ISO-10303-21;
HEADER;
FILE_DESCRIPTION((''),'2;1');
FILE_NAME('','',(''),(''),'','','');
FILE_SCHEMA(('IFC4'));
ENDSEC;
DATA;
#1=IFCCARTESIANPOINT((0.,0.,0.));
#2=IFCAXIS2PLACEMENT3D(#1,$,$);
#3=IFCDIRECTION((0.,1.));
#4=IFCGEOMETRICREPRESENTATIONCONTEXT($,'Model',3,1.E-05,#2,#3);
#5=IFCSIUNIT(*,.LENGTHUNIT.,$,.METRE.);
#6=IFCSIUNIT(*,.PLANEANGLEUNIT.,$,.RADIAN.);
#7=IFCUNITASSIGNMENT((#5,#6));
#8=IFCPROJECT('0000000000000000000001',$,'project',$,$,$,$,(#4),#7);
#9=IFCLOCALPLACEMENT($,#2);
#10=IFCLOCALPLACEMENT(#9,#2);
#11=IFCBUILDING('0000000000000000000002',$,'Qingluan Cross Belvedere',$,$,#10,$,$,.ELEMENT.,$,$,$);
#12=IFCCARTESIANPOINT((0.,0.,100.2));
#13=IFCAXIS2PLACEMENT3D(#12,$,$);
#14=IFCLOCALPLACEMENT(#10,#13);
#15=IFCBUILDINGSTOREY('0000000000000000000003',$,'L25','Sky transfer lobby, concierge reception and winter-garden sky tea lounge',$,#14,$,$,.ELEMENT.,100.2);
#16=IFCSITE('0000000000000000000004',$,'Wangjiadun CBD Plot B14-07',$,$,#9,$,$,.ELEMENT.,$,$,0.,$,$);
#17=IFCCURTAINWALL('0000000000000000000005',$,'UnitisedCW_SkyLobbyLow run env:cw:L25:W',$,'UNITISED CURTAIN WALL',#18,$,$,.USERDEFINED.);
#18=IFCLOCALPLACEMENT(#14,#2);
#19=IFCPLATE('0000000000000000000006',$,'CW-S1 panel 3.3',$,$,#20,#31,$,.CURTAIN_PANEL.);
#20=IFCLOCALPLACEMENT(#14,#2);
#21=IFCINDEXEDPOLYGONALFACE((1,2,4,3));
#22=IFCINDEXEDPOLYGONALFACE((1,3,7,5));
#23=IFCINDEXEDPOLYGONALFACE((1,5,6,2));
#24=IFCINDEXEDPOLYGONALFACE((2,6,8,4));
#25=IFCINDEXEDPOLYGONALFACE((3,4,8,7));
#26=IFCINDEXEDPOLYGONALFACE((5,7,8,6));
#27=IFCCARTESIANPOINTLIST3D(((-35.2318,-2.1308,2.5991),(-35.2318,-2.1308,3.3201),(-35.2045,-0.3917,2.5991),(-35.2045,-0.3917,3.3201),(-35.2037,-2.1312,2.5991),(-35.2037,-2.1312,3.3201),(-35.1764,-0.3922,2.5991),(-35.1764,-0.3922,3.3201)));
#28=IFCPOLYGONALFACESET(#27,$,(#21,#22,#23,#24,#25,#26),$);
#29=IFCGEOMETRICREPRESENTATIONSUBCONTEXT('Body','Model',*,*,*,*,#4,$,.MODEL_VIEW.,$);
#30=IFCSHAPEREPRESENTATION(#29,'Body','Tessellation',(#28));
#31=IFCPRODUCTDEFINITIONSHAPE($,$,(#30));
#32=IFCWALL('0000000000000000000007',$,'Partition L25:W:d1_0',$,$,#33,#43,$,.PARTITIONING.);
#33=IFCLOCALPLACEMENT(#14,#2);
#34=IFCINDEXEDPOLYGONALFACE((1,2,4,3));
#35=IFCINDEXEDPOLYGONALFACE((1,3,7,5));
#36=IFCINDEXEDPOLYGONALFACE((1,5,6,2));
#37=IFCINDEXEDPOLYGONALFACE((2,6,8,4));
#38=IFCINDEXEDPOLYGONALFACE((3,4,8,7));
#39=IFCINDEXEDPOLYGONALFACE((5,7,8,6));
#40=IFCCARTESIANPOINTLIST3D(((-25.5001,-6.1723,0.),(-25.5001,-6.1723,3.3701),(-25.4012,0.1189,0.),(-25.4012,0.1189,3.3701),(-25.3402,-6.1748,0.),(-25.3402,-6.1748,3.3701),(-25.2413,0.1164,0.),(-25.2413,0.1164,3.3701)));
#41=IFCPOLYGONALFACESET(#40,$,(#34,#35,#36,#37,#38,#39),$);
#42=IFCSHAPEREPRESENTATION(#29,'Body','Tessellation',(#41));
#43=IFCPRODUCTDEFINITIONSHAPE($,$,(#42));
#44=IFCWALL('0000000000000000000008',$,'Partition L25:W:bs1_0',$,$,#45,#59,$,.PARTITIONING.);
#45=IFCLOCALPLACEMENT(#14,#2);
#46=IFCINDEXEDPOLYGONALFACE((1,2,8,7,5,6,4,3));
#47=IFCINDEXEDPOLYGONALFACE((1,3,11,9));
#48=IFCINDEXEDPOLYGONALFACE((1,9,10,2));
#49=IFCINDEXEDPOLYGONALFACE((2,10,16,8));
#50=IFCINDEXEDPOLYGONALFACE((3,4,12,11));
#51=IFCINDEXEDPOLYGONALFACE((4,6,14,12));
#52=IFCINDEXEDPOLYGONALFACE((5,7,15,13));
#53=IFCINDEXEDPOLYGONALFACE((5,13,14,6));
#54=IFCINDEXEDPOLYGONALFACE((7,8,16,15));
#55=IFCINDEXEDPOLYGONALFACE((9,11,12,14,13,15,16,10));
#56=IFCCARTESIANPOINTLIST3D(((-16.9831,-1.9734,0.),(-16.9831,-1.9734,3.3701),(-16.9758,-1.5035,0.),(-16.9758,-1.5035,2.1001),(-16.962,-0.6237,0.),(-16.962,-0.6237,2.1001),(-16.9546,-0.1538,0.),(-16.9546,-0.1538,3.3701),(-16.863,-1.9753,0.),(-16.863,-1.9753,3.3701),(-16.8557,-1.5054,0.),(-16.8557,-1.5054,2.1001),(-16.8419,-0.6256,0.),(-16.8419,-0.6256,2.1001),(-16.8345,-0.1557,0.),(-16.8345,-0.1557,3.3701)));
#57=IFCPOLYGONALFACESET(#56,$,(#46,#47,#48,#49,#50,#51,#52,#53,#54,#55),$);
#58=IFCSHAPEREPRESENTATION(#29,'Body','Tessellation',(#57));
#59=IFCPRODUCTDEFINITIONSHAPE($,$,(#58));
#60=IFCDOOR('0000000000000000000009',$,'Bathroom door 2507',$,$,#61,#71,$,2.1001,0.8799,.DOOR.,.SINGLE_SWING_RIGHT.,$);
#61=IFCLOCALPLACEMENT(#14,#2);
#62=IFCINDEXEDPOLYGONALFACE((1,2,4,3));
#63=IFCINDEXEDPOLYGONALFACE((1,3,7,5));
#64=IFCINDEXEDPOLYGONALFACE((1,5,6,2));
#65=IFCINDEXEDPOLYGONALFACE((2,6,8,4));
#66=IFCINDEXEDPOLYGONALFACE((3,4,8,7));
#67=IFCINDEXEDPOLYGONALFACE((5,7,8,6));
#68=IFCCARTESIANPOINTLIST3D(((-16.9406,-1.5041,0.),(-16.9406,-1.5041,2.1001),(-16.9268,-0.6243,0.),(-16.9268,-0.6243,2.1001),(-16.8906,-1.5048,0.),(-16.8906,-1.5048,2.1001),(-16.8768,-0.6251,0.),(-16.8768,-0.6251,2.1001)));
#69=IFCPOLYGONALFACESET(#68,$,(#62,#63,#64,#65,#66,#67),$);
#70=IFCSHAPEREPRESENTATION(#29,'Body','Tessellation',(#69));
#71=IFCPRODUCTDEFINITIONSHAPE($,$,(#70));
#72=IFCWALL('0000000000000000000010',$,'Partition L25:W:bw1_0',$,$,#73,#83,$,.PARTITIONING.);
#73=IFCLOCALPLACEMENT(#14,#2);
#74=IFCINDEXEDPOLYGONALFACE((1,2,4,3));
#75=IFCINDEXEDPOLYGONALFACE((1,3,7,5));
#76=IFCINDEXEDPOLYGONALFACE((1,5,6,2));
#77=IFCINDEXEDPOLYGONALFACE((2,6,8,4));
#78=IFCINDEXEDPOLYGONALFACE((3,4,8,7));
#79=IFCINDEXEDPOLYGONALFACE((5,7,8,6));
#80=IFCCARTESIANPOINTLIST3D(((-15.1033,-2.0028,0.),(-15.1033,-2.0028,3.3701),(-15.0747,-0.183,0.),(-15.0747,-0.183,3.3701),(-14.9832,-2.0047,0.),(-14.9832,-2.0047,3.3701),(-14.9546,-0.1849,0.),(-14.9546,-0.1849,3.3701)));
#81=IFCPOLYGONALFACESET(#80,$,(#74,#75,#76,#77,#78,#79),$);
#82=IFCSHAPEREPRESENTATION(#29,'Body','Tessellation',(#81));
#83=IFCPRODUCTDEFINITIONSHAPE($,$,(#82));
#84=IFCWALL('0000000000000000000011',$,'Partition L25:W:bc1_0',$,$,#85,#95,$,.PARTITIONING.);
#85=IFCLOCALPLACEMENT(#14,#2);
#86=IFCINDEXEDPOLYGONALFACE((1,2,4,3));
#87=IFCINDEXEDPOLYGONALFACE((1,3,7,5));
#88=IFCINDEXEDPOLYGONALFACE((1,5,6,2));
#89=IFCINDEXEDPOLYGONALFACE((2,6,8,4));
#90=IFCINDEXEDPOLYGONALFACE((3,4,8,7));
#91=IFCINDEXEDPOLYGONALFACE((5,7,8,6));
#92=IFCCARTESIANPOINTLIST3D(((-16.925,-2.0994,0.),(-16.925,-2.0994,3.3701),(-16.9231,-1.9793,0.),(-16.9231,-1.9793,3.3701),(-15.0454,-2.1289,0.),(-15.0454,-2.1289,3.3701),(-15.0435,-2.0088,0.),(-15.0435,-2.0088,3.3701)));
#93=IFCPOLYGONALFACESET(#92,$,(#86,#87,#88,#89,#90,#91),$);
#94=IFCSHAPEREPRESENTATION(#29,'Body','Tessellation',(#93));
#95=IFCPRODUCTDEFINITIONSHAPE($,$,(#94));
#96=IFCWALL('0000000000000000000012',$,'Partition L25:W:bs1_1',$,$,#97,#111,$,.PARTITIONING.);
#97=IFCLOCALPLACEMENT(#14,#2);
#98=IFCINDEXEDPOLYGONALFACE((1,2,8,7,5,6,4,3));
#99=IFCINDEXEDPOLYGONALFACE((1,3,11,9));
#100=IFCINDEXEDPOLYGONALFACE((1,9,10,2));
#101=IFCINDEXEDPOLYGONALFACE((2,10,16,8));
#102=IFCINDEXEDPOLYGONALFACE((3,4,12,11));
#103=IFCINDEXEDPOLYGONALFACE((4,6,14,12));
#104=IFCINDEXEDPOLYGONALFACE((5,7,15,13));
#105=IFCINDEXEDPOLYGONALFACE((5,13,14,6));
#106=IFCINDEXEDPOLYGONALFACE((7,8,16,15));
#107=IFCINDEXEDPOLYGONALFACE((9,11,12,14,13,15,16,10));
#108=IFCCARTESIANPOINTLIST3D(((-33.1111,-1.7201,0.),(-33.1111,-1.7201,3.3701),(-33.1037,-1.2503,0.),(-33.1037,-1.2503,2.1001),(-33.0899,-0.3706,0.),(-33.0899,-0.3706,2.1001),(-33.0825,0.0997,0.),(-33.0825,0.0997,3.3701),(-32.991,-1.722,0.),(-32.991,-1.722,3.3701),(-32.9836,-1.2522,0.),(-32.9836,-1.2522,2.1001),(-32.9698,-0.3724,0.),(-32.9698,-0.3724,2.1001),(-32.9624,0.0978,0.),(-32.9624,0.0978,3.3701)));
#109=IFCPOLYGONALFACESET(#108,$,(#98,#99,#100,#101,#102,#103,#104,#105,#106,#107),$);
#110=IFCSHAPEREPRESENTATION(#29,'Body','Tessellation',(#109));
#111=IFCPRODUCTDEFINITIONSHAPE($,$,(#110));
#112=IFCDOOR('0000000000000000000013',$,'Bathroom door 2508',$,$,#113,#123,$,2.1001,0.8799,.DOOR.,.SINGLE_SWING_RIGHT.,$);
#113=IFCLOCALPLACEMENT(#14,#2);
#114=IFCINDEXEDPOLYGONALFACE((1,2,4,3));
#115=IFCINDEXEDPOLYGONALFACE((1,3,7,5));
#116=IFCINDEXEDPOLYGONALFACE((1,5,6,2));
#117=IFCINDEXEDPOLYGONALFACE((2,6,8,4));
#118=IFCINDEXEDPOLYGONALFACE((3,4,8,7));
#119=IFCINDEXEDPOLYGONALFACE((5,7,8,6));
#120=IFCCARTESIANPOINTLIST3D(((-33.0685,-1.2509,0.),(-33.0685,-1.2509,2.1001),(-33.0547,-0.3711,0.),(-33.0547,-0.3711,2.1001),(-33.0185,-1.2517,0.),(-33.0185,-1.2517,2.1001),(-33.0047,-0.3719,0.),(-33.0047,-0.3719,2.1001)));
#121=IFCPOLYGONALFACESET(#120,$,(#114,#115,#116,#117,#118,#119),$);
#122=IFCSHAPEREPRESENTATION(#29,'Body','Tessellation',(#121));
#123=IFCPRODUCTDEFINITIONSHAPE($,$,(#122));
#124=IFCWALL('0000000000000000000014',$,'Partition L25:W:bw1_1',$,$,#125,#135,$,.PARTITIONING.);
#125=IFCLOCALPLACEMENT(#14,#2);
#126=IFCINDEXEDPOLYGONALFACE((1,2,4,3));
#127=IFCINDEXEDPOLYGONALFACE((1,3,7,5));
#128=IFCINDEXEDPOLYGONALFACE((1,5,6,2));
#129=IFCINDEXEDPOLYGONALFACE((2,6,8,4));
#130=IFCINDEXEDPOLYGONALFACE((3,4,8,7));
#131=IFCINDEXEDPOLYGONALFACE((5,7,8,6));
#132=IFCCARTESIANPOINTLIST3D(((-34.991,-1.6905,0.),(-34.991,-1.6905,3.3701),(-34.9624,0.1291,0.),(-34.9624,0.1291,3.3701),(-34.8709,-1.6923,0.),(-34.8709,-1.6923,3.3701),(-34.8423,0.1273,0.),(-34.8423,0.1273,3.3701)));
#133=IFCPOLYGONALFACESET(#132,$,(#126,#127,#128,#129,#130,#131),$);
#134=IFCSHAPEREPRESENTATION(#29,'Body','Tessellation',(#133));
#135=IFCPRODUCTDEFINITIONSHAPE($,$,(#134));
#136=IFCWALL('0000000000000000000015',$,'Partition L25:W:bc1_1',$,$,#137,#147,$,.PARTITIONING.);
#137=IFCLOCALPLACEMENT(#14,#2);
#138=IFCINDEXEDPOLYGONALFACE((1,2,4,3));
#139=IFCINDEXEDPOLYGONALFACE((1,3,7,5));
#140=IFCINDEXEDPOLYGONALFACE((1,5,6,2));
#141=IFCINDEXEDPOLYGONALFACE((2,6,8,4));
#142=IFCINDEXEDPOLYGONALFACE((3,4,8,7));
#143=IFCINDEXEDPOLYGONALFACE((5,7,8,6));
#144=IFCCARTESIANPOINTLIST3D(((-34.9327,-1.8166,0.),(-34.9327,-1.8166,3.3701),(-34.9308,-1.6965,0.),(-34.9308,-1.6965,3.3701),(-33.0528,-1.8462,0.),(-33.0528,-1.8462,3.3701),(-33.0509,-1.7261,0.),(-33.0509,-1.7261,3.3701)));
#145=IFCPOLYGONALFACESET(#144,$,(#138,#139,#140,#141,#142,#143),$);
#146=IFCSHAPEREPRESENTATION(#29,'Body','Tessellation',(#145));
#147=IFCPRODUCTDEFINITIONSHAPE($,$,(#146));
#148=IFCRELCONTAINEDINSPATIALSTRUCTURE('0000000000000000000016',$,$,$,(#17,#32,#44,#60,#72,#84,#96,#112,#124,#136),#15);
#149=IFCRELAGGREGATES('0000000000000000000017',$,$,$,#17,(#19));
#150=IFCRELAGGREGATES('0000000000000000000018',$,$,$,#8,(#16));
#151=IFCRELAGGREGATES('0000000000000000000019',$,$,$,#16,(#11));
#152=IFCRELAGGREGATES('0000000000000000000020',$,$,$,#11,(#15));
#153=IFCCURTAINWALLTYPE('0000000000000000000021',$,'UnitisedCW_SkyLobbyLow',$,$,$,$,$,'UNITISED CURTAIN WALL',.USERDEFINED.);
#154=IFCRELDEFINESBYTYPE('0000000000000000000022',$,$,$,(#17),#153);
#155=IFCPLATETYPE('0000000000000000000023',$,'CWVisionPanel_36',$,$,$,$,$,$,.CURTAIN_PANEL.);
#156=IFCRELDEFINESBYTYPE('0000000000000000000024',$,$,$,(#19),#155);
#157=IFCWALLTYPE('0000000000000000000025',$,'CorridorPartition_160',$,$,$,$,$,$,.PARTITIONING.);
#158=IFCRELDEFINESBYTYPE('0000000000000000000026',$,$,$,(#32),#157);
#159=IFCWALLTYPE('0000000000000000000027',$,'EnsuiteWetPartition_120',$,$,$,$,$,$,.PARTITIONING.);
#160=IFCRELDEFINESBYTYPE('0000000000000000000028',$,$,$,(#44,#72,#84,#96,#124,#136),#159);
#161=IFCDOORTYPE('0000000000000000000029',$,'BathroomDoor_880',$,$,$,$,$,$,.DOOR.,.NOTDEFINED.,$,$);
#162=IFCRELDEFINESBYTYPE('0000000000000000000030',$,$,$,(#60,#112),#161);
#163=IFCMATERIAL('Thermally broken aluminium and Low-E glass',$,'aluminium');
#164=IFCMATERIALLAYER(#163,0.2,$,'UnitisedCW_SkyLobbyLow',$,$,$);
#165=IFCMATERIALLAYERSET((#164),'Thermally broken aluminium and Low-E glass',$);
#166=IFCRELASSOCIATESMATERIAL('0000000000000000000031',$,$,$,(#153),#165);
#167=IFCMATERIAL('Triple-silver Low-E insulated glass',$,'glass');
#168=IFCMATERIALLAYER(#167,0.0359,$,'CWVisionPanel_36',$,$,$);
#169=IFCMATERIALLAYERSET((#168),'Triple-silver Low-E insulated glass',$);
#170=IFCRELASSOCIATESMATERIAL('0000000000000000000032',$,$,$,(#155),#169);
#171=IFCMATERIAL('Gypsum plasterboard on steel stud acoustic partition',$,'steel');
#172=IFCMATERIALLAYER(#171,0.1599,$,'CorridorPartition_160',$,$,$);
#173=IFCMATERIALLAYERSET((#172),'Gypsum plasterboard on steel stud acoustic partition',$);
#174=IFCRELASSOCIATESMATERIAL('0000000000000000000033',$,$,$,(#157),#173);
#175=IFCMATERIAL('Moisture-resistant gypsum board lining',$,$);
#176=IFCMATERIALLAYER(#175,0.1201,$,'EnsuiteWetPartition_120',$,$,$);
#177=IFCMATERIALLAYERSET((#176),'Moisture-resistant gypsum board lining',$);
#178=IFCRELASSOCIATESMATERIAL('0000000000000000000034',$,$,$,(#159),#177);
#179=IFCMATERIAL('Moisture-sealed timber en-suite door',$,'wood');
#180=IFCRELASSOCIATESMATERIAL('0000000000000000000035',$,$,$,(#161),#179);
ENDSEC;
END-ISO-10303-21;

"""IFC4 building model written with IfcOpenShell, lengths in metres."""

from ifc_helpers import new_model, si_unit, direction, frame, frame_2d, origin, origin_2d, place, context, subcontext, project, spatial, rectangle, extrude, material, layer, layer_set, type_object, element, fill, aggregate, save


model = new_model("IFC4")

# Units and contexts
model_context = context("Model", 3, precision=1e-05, world=origin(), true_north=direction((0.0, 1.0)))
body_context = subcontext(model_context, "Body", "Model", "MODEL_VIEW")
ifc_project = project(units=[si_unit("LENGTHUNIT", "METRE"), si_unit("PLANEANGLEUNIT", "RADIAN")], contexts=[model_context])

# Site, building, storey
site_placement = place(None, origin())
site = spatial("IfcSite", under=ifc_project, at=site_placement, Name="Wangjiadun CBD Plot B14-07", CompositionType="ELEMENT", RefElevation=0.0)
building_placement = place(site_placement, origin())
building = spatial("IfcBuilding", under=site, at=building_placement, Name="Qingluan Cross Belvedere", CompositionType="ELEMENT")
storey_placement = place(building_placement, frame((0.0, 0.0, 100.2)))
storey = spatial("IfcBuildingStorey", under=building, at=storey_placement, Name="L25", Description="Sky transfer lobby, concierge reception and winter-garden sky tea lounge", CompositionType="ELEMENT", Elevation=100.2)

# Curtain wall
ifc_material_1 = material(Name="Thermally broken aluminium and Low-E glass", Category="aluminium")
ifc_layer_1 = layer(ifc_material_1, 0.2, Name="UnitisedCW_SkyLobbyLow")
ifc_layer_set_1 = layer_set([ifc_layer_1], Name="Thermally broken aluminium and Low-E glass")
curtain_wall_type = type_object("IfcCurtainWallType", Name="UnitisedCW_SkyLobbyLow", ElementType="UNITISED CURTAIN WALL", PredefinedType="USERDEFINED", material=ifc_layer_set_1)
curtain_wall_placement = place(storey_placement, origin())
curtain_wall = element("IfcCurtainWall", 1, at=curtain_wall_placement, inside=storey, type_object=curtain_wall_type, Name="UnitisedCW_SkyLobbyLow run env:cw:L25:W", ObjectType="UNITISED CURTAIN WALL", PredefinedType="USERDEFINED")

# Plate
ifc_material_2 = material(Name="Triple-silver Low-E insulated glass", Category="glass")
ifc_layer_2 = layer(ifc_material_2, 0.0359, Name="CWVisionPanel_36")
ifc_layer_set_2 = layer_set([ifc_layer_2], Name="Triple-silver Low-E insulated glass")
plate_type = type_object("IfcPlateType", Name="CWVisionPanel_36", PredefinedType="CURTAIN_PANEL", material=ifc_layer_set_2)
plate_1_placement = place(storey_placement, frame((-35.2041, -1.2615, 2.5991), z_axis=(0.0, 0.0, 1.0), x_axis=(-0.015707, -0.999877, 0.0)))
plate_1 = element("IfcPlate", 2, at=plate_1_placement, type_object=plate_type, Name="CW-S1 panel 3.3", PredefinedType="CURTAIN_PANEL", context=body_context, shape_type="SweptSolid", body=[
    extrude(rectangle(XDim=1.7393, YDim=0.0281, at=origin_2d()), origin(), (0.0, 0.0, 1.0), 0.7209),
])
aggregate(curtain_wall, [plate_1])

# Wall
ifc_material_3 = material(Name="Gypsum plasterboard on steel stud acoustic partition", Category="steel")
ifc_layer_3 = layer(ifc_material_3, 0.1599, Name="CorridorPartition_160")
ifc_layer_set_3 = layer_set([ifc_layer_3], Name="Gypsum plasterboard on steel stud acoustic partition")
wall_type_1 = type_object("IfcWallType", Name="CorridorPartition_160", PredefinedType="PARTITIONING", material=ifc_layer_set_3)
wall_1_placement = place(storey_placement, frame((-25.3213, 0.1177, 0.0), z_axis=(0.0, 0.0, 1.0), x_axis=(-0.015715, -0.999877, 0.0)))
element("IfcWall", 3, at=wall_1_placement, inside=storey, type_object=wall_type_1, Name="Partition L25:W:d1_0", PredefinedType="PARTITIONING", context=body_context, shape_type="SweptSolid", body=[
    extrude(rectangle(XDim=6.292, YDim=0.1599, at=frame_2d((3.146, 0.0))), origin(), (0.0, 0.0, 1.0), 3.3701),
])

# Wall, opening, door
ifc_material_4 = material(Name="Moisture-resistant gypsum board lining")
ifc_layer_4 = layer(ifc_material_4, 0.1201, Name="EnsuiteWetPartition_120")
ifc_layer_set_4 = layer_set([ifc_layer_4], Name="Moisture-resistant gypsum board lining")
wall_type_2 = type_object("IfcWallType", Name="EnsuiteWetPartition_120", PredefinedType="PARTITIONING", material=ifc_layer_set_4)
wall_2_placement = place(storey_placement, frame((-16.9231, -1.9744, 0.0), z_axis=(0.0, 0.0, 1.0), x_axis=(0.015696, 0.999877, 0.0)))
wall_2 = element("IfcWall", 4, at=wall_2_placement, inside=storey, type_object=wall_type_2, Name="Partition L25:W:bs1_0", PredefinedType="PARTITIONING", context=body_context, shape_type="SweptSolid", body=[
    extrude(rectangle(XDim=1.8198, YDim=0.1201, at=frame_2d((0.9099, 0.0))), origin(), (0.0, 0.0, 1.0), 3.3701),
])
opening_1_placement = place(wall_2_placement, frame((0.47, 0.0, 0.0)))
opening_1 = element("IfcOpeningElement", 5, at=opening_1_placement, cuts=wall_2, PredefinedType="OPENING", context=body_context, shape_type="SweptSolid", body=[
    extrude(rectangle(XDim=0.8799, YDim=2.1001, at=frame_2d((0.4399, 1.05))), frame((0.0, 0.0701, 0.0), z_axis=(0.0, -1.0, 0.0), x_axis=(1.0, 0.0, 0.0)), (0.0, 0.0, 1.0), 0.1401),
])
ifc_material_5 = material(Name="Moisture-sealed timber en-suite door", Category="wood")
door_type = type_object("IfcDoorType", Name="BathroomDoor_880", OperationType="NOTDEFINED", PredefinedType="DOOR", material=ifc_material_5)
door_1_placement = place(opening_1_placement, origin())
door_1 = element("IfcDoor", 6, at=door_1_placement, inside=storey, type_object=door_type, Name="Bathroom door 2507", OperationType="SINGLE_SWING_RIGHT", OverallHeight=2.1001, OverallWidth=0.8799, PredefinedType="DOOR", context=body_context, shape_type="SweptSolid", body=[
    extrude(rectangle(XDim=0.8799, YDim=2.1001, at=frame_2d((0.4399, 1.05))), frame((0.0, 0.0249, 0.0), z_axis=(0.0, -1.0, 0.0), x_axis=(1.0, 0.0, 0.0)), (0.0, 0.0, 1.0), 0.05),
])
fill(opening_1, door_1)

# Walls
wall_3_placement = place(storey_placement, frame((-15.0432, -2.0039, 0.0), z_axis=(0.0, 0.0, 1.0), x_axis=(0.015694, 0.999877, 0.0)))
element("IfcWall", 7, at=wall_3_placement, inside=storey, type_object=wall_type_2, Name="Partition L25:W:bw1_0", PredefinedType="PARTITIONING", context=body_context, shape_type="SweptSolid", body=[
    extrude(rectangle(XDim=1.8201, YDim=0.1201, at=frame_2d((0.9102, 0.0))), origin(), (0.0, 0.0, 1.0), 3.3701),
])
wall_4_placement = place(storey_placement, frame((-15.0444, -2.0688, 0.0), z_axis=(0.0, 0.0, 1.0), x_axis=(-0.999877, 0.015714, 0.0)))
element("IfcWall", 8, at=wall_4_placement, inside=storey, type_object=wall_type_2, Name="Partition L25:W:bc1_0", PredefinedType="PARTITIONING", context=body_context, shape_type="SweptSolid", body=[
    extrude(rectangle(XDim=1.8799, YDim=0.1201, at=frame_2d((0.9399, 0.0))), origin(), (0.0, 0.0, 1.0), 3.3701),
])

# Wall, opening, door
wall_5_placement = place(storey_placement, frame((-33.051, -1.7212, 0.0), z_axis=(0.0, 0.0, 1.0), x_axis=(0.015694, 0.999877, 0.0)))
wall_5 = element("IfcWall", 9, at=wall_5_placement, inside=storey, type_object=wall_type_2, Name="Partition L25:W:bs1_1", PredefinedType="PARTITIONING", context=body_context, shape_type="SweptSolid", body=[
    extrude(rectangle(XDim=1.8201, YDim=0.1201, at=frame_2d((0.9102, 0.0))), origin(), (0.0, 0.0, 1.0), 3.3701),
])
opening_2_placement = place(wall_5_placement, frame((0.47, 0.0, 0.0)))
opening_2 = element("IfcOpeningElement", 10, at=opening_2_placement, cuts=wall_5, PredefinedType="OPENING", context=body_context, shape_type="SweptSolid", body=[
    extrude(rectangle(XDim=0.8799, YDim=2.1001, at=frame_2d((0.4399, 1.05))), frame((0.0, 0.0701, 0.0), z_axis=(0.0, -1.0, 0.0), x_axis=(1.0, 0.0, 0.0)), (0.0, 0.0, 1.0), 0.1401),
])
door_2_placement = place(opening_2_placement, origin())
door_2 = element("IfcDoor", 11, at=door_2_placement, inside=storey, type_object=door_type, Name="Bathroom door 2508", OperationType="SINGLE_SWING_RIGHT", OverallHeight=2.1001, OverallWidth=0.8799, PredefinedType="DOOR", context=body_context, shape_type="SweptSolid", body=[
    extrude(rectangle(XDim=0.8799, YDim=2.1001, at=frame_2d((0.4399, 1.05))), frame((0.0, 0.0249, 0.0), z_axis=(0.0, -1.0, 0.0), x_axis=(1.0, 0.0, 0.0)), (0.0, 0.0, 1.0), 0.05),
])
fill(opening_2, door_2)

# Walls
wall_6_placement = place(storey_placement, frame((-34.9309, -1.6914, 0.0), z_axis=(0.0, 0.0, 1.0), x_axis=(0.015696, 0.999877, 0.0)))
element("IfcWall", 12, at=wall_6_placement, inside=storey, type_object=wall_type_2, Name="Partition L25:W:bw1_1", PredefinedType="PARTITIONING", context=body_context, shape_type="SweptSolid", body=[
    extrude(rectangle(XDim=1.8198, YDim=0.1201, at=frame_2d((0.9099, 0.0))), origin(), (0.0, 0.0, 1.0), 3.3701),
])
wall_7_placement = place(storey_placement, frame((-33.052, -1.7861, 0.0), z_axis=(0.0, 0.0, 1.0), x_axis=(-0.999877, 0.015712, 0.0)))
element("IfcWall", 13, at=wall_7_placement, inside=storey, type_object=wall_type_2, Name="Partition L25:W:bc1_1", PredefinedType="PARTITIONING", context=body_context, shape_type="SweptSolid", body=[
    extrude(rectangle(XDim=1.8801, YDim=0.1201, at=frame_2d((0.9399, 0.0))), origin(), (0.0, 0.0, 1.0), 3.3701),
])

save(model, "model.ifc")
